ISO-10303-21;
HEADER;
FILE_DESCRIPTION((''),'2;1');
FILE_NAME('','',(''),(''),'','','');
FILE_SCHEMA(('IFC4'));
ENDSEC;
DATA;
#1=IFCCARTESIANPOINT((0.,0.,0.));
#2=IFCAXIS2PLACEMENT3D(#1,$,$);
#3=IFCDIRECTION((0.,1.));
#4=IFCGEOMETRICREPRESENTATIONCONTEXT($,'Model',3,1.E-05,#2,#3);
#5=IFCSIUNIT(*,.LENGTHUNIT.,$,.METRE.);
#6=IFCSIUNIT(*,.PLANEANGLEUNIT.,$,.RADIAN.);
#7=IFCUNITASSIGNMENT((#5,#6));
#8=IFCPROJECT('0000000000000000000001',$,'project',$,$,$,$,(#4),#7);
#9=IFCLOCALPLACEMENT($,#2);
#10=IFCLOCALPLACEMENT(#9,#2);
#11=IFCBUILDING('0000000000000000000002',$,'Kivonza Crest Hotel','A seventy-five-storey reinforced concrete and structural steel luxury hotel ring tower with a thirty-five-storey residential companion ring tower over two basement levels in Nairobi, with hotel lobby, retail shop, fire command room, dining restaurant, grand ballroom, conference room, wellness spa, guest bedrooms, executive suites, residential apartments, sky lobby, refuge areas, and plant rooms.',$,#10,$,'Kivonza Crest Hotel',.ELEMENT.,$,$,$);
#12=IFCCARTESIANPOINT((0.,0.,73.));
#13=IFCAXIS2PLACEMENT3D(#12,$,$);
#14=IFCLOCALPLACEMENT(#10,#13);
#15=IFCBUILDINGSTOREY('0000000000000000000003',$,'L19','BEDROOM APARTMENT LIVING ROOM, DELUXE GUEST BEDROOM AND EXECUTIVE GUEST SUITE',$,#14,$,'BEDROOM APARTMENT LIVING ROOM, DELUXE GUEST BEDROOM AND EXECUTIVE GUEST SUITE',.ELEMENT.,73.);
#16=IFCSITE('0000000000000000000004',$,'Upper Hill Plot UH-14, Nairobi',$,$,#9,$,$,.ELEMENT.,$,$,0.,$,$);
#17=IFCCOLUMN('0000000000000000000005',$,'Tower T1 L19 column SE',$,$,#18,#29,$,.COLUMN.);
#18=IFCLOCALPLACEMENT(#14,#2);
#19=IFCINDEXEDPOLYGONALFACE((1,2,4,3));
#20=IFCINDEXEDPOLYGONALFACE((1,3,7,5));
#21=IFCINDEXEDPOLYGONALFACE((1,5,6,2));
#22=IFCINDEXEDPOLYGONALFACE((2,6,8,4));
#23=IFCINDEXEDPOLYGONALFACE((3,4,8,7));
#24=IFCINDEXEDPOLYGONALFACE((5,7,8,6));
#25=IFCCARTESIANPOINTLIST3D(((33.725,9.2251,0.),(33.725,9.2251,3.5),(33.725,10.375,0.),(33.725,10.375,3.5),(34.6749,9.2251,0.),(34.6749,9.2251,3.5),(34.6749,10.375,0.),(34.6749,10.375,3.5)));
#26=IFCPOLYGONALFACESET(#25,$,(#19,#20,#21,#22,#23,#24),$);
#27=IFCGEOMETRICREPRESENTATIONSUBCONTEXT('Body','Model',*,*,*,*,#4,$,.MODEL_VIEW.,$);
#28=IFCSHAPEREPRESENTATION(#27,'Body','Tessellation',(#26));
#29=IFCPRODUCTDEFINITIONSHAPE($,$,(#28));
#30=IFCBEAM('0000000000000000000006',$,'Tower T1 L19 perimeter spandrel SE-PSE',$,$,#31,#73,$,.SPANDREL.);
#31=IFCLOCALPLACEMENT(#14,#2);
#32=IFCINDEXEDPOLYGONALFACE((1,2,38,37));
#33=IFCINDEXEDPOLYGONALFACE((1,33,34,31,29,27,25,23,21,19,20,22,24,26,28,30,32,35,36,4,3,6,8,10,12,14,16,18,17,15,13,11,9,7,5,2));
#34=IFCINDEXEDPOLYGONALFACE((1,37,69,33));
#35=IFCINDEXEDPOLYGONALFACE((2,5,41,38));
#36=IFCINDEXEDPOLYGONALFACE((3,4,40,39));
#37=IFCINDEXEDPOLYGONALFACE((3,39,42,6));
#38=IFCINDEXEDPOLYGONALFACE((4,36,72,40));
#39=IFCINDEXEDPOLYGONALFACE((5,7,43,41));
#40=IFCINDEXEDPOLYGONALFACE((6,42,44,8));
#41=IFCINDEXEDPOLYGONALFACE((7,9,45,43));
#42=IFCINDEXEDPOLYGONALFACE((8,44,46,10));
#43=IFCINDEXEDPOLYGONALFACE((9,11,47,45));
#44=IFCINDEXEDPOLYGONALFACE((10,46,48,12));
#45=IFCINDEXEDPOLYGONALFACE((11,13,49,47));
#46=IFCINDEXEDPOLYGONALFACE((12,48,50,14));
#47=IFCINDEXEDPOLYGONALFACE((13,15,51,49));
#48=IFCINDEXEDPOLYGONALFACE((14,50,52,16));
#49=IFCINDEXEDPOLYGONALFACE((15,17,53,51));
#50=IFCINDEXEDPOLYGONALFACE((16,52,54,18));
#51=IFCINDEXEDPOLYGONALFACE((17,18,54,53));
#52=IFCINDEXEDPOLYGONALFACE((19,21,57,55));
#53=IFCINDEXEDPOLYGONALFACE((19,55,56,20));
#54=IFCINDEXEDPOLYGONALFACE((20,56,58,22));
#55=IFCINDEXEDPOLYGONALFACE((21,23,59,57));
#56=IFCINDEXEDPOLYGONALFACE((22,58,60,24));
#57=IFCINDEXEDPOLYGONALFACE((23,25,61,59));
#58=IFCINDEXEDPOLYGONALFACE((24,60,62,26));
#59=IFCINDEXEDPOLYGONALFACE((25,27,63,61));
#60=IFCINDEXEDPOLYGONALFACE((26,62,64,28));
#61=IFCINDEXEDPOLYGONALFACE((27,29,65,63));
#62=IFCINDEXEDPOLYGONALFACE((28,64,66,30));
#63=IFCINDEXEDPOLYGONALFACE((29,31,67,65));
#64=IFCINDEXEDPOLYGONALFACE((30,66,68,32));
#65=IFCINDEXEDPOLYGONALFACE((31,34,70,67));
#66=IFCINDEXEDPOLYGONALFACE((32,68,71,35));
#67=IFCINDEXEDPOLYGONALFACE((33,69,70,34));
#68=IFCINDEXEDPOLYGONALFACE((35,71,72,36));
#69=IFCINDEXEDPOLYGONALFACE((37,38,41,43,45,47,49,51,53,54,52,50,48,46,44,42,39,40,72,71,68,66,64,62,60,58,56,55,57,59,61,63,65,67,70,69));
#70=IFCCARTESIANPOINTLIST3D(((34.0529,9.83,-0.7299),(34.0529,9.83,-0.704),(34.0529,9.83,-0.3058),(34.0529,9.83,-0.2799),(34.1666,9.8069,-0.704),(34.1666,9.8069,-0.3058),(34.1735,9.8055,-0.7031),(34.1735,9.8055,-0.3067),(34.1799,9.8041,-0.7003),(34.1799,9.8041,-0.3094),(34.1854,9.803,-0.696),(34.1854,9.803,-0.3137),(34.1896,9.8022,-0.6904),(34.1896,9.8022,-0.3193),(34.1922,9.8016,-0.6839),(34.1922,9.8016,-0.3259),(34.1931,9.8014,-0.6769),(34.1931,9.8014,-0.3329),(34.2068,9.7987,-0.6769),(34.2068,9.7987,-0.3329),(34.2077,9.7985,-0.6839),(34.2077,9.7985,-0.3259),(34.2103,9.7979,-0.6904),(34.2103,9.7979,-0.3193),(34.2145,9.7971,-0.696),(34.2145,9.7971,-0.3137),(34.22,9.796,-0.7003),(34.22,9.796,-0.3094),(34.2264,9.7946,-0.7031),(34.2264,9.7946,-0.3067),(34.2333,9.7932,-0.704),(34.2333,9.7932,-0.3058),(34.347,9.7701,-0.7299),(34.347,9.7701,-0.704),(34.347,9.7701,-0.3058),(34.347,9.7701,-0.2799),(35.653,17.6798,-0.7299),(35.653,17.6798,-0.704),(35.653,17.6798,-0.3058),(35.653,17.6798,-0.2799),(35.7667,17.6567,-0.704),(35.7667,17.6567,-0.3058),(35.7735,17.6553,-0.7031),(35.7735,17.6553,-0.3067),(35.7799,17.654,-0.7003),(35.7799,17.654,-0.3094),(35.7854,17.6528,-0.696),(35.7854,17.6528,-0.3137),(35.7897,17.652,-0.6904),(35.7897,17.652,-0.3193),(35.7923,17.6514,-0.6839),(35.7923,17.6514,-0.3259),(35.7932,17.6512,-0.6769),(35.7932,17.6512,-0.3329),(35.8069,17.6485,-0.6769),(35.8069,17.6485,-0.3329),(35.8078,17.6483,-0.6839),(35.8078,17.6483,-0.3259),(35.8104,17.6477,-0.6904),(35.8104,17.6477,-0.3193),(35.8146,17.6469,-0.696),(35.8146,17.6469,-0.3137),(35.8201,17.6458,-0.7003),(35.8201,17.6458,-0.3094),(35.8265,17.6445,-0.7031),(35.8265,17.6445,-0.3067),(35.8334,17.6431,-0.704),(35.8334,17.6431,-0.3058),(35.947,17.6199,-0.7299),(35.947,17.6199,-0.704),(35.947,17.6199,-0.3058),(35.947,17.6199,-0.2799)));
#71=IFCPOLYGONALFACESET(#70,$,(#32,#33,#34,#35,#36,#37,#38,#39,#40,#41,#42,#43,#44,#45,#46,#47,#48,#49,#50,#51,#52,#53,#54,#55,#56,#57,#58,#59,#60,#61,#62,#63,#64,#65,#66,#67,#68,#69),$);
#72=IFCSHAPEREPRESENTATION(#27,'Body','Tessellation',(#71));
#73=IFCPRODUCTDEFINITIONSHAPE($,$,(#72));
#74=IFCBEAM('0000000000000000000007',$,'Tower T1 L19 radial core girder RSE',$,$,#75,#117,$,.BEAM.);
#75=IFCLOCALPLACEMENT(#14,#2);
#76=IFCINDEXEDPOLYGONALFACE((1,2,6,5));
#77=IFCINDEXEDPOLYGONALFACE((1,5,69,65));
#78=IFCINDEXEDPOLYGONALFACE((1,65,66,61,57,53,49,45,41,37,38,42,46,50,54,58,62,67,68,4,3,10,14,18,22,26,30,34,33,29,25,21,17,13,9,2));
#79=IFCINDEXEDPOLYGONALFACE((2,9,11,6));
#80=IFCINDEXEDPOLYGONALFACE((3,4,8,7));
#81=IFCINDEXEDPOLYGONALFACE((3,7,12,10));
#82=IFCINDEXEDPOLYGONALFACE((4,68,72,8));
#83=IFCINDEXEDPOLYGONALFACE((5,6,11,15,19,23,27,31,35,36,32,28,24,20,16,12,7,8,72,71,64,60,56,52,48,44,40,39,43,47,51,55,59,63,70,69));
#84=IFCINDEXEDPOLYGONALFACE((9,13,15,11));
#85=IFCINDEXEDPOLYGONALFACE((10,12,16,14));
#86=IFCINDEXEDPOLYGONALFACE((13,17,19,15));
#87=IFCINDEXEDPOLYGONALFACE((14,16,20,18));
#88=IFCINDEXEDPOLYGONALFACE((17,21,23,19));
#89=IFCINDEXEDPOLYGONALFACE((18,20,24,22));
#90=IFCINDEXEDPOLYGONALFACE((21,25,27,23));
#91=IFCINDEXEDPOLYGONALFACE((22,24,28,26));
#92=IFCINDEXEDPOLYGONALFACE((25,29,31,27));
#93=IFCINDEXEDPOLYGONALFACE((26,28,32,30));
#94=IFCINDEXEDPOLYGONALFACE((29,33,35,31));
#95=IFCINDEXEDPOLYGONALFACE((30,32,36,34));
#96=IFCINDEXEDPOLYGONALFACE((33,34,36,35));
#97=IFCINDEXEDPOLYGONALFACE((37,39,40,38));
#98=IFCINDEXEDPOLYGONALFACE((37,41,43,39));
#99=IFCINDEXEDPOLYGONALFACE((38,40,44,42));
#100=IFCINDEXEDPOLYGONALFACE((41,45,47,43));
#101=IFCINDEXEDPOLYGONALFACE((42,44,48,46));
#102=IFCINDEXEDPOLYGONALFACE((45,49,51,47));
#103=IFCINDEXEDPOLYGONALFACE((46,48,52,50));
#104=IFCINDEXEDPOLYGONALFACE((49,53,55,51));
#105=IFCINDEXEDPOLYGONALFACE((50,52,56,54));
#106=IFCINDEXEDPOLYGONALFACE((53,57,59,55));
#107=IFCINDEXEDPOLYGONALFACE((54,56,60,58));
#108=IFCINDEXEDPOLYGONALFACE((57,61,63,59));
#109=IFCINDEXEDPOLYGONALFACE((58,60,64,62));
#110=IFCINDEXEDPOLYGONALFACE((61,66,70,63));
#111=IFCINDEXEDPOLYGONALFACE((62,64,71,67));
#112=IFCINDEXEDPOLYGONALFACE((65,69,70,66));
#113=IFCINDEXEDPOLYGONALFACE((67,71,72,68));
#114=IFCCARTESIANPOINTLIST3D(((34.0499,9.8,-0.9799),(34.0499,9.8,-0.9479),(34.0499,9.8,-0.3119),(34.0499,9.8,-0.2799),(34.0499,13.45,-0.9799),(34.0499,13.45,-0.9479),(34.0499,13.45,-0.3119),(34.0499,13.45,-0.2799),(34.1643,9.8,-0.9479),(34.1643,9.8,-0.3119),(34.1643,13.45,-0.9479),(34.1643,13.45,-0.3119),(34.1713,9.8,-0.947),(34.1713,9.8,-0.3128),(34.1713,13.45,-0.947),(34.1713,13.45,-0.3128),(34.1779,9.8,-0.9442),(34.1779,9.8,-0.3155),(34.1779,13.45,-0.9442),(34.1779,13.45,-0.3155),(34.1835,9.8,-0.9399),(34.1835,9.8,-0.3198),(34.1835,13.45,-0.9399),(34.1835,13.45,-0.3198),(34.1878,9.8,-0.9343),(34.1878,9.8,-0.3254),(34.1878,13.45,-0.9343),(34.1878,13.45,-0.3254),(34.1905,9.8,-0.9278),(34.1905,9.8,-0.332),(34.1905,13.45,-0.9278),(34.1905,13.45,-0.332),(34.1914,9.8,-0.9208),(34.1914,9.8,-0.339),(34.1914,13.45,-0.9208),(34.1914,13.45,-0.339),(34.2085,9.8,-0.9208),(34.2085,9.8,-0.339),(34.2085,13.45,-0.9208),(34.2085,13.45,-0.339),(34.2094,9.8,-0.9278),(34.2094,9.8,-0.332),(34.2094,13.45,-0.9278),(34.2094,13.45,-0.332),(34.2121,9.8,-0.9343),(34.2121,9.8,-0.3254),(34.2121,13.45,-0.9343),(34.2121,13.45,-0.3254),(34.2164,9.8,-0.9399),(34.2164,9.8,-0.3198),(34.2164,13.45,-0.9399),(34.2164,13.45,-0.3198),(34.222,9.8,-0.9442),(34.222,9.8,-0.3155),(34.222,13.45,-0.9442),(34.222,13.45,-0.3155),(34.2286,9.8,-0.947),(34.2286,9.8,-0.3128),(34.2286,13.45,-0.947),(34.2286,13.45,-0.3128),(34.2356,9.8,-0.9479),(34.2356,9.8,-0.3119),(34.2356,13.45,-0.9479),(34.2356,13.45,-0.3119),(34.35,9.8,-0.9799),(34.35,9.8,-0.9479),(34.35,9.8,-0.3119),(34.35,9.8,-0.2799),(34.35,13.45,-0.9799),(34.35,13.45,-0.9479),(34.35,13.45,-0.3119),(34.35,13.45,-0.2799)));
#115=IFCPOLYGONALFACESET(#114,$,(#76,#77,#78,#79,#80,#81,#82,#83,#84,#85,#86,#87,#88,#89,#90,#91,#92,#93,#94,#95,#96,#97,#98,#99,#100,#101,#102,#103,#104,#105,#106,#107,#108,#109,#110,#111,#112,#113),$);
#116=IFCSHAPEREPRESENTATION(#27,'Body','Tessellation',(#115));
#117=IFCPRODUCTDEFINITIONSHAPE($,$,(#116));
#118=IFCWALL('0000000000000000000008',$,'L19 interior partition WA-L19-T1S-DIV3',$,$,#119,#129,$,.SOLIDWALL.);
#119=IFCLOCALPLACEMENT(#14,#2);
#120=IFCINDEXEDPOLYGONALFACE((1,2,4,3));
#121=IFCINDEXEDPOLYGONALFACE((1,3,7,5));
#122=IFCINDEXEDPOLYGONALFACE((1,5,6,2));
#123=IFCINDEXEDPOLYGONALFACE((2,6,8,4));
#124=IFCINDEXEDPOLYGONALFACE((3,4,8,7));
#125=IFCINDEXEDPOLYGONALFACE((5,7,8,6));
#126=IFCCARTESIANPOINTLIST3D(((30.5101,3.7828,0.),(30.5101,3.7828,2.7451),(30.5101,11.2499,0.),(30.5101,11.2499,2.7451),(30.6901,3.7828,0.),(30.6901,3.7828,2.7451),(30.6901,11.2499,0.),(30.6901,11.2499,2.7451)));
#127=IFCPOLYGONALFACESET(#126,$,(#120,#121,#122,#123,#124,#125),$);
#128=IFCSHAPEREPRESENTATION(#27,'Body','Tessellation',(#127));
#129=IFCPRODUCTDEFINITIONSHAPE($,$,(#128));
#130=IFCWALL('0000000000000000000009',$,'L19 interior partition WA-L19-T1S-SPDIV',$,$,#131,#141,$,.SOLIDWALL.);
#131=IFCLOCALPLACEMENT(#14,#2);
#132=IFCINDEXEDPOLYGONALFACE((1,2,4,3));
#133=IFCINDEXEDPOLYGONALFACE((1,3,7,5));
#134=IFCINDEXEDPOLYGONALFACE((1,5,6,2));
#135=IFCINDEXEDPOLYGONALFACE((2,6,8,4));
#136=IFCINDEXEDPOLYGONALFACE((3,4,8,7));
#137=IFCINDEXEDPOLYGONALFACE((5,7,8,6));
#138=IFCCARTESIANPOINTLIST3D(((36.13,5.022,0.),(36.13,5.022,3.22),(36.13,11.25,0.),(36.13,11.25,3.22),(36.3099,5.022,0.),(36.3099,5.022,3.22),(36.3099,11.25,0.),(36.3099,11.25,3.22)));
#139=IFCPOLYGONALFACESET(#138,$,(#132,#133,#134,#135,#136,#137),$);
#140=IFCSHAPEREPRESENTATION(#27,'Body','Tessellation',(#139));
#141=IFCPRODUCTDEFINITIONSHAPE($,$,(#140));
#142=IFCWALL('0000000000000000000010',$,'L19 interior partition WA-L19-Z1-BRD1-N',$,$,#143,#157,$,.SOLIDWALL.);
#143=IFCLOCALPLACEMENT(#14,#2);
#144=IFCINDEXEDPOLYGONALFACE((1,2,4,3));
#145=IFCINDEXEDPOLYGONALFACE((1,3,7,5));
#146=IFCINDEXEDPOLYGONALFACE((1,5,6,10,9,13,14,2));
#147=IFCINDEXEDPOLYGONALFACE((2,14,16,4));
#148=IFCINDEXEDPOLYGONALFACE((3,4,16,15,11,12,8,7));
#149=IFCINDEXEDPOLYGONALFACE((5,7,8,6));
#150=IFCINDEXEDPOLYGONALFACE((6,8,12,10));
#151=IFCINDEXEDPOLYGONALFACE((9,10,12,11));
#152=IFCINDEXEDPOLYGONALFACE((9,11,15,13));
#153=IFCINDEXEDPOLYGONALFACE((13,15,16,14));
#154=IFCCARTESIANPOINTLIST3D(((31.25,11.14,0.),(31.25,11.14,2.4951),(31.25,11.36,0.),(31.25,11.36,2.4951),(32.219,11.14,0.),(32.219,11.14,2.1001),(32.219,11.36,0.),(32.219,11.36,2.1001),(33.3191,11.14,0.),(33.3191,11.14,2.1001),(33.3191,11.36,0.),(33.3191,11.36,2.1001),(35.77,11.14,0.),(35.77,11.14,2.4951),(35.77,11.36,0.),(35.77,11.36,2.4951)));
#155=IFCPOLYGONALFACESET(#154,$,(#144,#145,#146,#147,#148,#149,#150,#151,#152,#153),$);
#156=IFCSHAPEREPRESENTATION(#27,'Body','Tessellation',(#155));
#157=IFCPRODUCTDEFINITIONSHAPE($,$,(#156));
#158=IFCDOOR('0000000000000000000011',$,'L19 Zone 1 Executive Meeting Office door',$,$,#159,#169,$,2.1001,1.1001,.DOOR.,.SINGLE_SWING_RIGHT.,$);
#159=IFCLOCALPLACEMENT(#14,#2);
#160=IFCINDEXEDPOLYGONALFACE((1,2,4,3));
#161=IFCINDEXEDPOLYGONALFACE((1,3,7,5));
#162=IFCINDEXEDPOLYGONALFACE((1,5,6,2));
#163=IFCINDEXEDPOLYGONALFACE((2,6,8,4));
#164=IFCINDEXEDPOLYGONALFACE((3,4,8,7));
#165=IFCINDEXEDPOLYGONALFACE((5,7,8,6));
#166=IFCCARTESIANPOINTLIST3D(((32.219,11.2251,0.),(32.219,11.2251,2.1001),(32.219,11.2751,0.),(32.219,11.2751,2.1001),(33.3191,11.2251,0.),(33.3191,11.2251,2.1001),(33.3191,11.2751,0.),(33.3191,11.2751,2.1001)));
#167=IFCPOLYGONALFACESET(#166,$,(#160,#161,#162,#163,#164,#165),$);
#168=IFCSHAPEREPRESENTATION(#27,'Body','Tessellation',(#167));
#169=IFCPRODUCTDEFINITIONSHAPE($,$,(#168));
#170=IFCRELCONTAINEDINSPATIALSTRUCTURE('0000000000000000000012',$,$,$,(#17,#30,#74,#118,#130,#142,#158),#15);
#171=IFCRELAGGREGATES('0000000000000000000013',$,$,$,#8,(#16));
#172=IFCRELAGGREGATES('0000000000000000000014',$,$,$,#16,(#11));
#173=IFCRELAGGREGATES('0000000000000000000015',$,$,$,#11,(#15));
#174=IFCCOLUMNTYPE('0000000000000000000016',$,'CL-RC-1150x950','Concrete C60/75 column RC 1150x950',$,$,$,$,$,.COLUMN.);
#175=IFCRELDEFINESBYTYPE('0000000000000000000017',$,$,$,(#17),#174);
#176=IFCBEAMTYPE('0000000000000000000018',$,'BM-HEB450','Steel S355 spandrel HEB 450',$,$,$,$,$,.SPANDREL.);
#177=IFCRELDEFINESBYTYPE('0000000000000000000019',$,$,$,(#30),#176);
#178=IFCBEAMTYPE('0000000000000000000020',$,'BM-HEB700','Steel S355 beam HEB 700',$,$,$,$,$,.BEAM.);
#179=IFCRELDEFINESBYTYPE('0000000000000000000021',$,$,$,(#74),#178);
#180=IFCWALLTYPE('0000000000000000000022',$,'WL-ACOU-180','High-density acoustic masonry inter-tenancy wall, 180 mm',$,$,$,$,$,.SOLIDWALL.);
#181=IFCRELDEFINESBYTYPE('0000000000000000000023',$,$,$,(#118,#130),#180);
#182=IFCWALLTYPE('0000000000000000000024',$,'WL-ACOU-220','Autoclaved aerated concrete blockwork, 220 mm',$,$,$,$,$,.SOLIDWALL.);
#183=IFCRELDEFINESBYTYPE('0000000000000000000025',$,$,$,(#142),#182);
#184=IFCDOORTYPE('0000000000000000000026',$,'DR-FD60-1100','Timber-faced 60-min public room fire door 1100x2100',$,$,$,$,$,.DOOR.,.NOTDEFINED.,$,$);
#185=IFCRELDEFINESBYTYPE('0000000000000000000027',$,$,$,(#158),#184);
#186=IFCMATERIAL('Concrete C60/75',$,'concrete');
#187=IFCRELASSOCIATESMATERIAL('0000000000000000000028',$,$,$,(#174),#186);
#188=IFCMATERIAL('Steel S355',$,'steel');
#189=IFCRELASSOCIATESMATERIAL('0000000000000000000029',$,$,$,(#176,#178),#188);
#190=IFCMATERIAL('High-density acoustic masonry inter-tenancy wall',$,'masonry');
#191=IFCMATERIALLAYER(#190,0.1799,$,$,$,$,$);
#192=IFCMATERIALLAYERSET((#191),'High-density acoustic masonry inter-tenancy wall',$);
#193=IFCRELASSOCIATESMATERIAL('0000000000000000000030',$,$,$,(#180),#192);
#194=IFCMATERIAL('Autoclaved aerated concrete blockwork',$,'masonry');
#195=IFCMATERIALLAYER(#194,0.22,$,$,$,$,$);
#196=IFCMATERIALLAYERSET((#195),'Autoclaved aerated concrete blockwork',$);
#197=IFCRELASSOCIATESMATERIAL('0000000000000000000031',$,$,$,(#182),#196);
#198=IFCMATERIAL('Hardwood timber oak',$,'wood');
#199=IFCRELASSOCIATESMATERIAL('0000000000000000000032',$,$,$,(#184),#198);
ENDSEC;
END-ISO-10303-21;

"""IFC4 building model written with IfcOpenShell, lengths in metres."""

from ifc_helpers import new_model, si_unit, direction, frame, frame_2d, origin, origin_2d, place, context, subcontext, project, spatial, rectangle, i_section, extrude, material, layer, layer_set, material_profile, profile_set, type_object, element, fill, save


model = new_model("IFC4")

# Units and contexts
model_context = context("Model", 3, precision=1e-05, world=origin(), true_north=direction((0.0, 1.0)))
body_context = subcontext(model_context, "Body", "Model", "MODEL_VIEW")
ifc_project = project(units=[si_unit("LENGTHUNIT", "METRE"), si_unit("PLANEANGLEUNIT", "RADIAN")], contexts=[model_context])

# Site, building, storey
site_placement = place(None, origin())
site = spatial("IfcSite", under=ifc_project, at=site_placement, Name="Upper Hill Plot UH-14, Nairobi", CompositionType="ELEMENT", RefElevation=0.0)
building_placement = place(site_placement, origin())
building = spatial("IfcBuilding", under=site, at=building_placement, Name="Kivonza Crest Hotel", Description="A seventy-five-storey reinforced concrete and structural steel luxury hotel ring tower with a thirty-five-storey residential companion ring tower over two basement levels in Nairobi, with hotel lobby, retail shop, fire command room, dining restaurant, grand ballroom, conference room, wellness spa, guest bedrooms, executive suites, residential apartments, sky lobby, refuge areas, and plant rooms.", LongName="Kivonza Crest Hotel", CompositionType="ELEMENT")
storey_placement = place(building_placement, frame((0.0, 0.0, 73.0)))
storey = spatial("IfcBuildingStorey", under=building, at=storey_placement, Name="L19", Description="BEDROOM APARTMENT LIVING ROOM, DELUXE GUEST BEDROOM AND EXECUTIVE GUEST SUITE", LongName="BEDROOM APARTMENT LIVING ROOM, DELUXE GUEST BEDROOM AND EXECUTIVE GUEST SUITE", CompositionType="ELEMENT", Elevation=73.0)

# Column
ifc_material_1 = material(Name="Concrete C60/75", Category="concrete")
ifc_material_profile_1 = material_profile(ifc_material_1, rectangle(XDim=0.95, YDim=1.1499, at=origin_2d()), Name="RC 1150x950")
ifc_profile_set_1 = profile_set([ifc_material_profile_1], Name="Concrete C60/75")
column_type = type_object("IfcColumnType", Name="CL-RC-1150x950", Description="Concrete C60/75 column RC 1150x950", PredefinedType="COLUMN", material=ifc_profile_set_1)
column_placement = place(storey_placement, frame((34.2, 9.8, 0.0), z_axis=(0.0, 0.0, 1.0), x_axis=(1.0, 0.0, 0.0)))
element("IfcColumn", 1, at=column_placement, inside=storey, type_object=column_type, Name="Tower T1 L19 column SE", PredefinedType="COLUMN", context=body_context, shape_type="SweptSolid", body=[
    extrude(rectangle(XDim=0.95, YDim=1.1499, at=origin_2d()), origin(), (0.0, 0.0, 1.0), 3.5),
])

# Beams
ifc_material_2 = material(Name="Steel S355", Category="steel")
ifc_material_profile_2 = material_profile(ifc_material_2, i_section(OverallWidth=0.3, OverallDepth=0.45, WebThickness=0.0139, FlangeThickness=0.0259, FilletRadius=0.0271, at=origin_2d()), Name="HEB 450")
ifc_profile_set_2 = profile_set([ifc_material_profile_2], Name="Steel S355")
beam_type_1 = type_object("IfcBeamType", Name="BM-HEB450", Description="Steel S355 spandrel HEB 450", PredefinedType="SPANDREL", material=ifc_profile_set_2)
beam_1_placement = place(storey_placement, frame((34.2, 9.8, -0.5049), z_axis=(0.199731, 0.979851, 0.0), x_axis=(-0.979851, 0.199731, 0.0)))
element("IfcBeam", 2, at=beam_1_placement, inside=storey, type_object=beam_type_1, Name="Tower T1 L19 perimeter spandrel SE-PSE", PredefinedType="SPANDREL", context=body_context, shape_type="SweptSolid", body=[
    extrude(i_section(OverallWidth=0.3, OverallDepth=0.45, WebThickness=0.0139, FlangeThickness=0.0259, FilletRadius=0.0271, at=origin_2d()), origin(), (0.0, 0.0, 1.0), 8.0112),
])
ifc_material_profile_3 = material_profile(ifc_material_2, i_section(OverallWidth=0.3, OverallDepth=0.7, WebThickness=0.0171, FlangeThickness=0.032, FilletRadius=0.0271, at=origin_2d()), Name="HEB 700")
ifc_profile_set_3 = profile_set([ifc_material_profile_3], Name="Steel S355")
beam_type_2 = type_object("IfcBeamType", Name="BM-HEB700", Description="Steel S355 beam HEB 700", PredefinedType="BEAM", material=ifc_profile_set_3)
beam_2_placement = place(storey_placement, frame((34.2, 9.8, -0.6299), z_axis=(0.0, 1.0, 0.0), x_axis=(-1.0, 0.0, 0.0)))
element("IfcBeam", 3, at=beam_2_placement, inside=storey, type_object=beam_type_2, Name="Tower T1 L19 radial core girder RSE", PredefinedType="BEAM", context=body_context, shape_type="SweptSolid", body=[
    extrude(i_section(OverallWidth=0.3, OverallDepth=0.7, WebThickness=0.0171, FlangeThickness=0.032, FilletRadius=0.0271, at=origin_2d()), origin(), (0.0, 0.0, 1.0), 3.6499),
])

# Walls
ifc_material_3 = material(Name="High-density acoustic masonry inter-tenancy wall", Category="masonry")
ifc_layer_1 = layer(ifc_material_3, 0.1799)
ifc_layer_set_1 = layer_set([ifc_layer_1], Name="High-density acoustic masonry inter-tenancy wall")
wall_type_1 = type_object("IfcWallType", Name="WL-ACOU-180", Description="High-density acoustic masonry inter-tenancy wall, 180 mm", PredefinedType="SOLIDWALL", material=ifc_layer_set_1)
wall_1_placement = place(storey_placement, frame((30.6001, 3.783, 0.0), z_axis=(0.0, 0.0, 1.0), x_axis=(0.0, 1.0, 0.0)))
element("IfcWall", 4, at=wall_1_placement, inside=storey, type_object=wall_type_1, Name="L19 interior partition WA-L19-T1S-DIV3", PredefinedType="SOLIDWALL", context=body_context, shape_type="SweptSolid", body=[
    extrude(rectangle(XDim=7.467, YDim=0.1799, at=frame_2d((3.7334, 0.0))), origin(), (0.0, 0.0, 1.0), 2.7451),
])
wall_2_placement = place(storey_placement, frame((36.22, 5.022, 0.0), z_axis=(0.0, 0.0, 1.0), x_axis=(0.0, 1.0, 0.0)))
element("IfcWall", 5, at=wall_2_placement, inside=storey, type_object=wall_type_1, Name="L19 interior partition WA-L19-T1S-SPDIV", PredefinedType="SOLIDWALL", context=body_context, shape_type="SweptSolid", body=[
    extrude(rectangle(XDim=6.228, YDim=0.1799, at=frame_2d((3.114, 0.0))), origin(), (0.0, 0.0, 1.0), 3.22),
])

# Wall, opening, door
ifc_material_4 = material(Name="Autoclaved aerated concrete blockwork", Category="masonry")
ifc_layer_2 = layer(ifc_material_4, 0.22)
ifc_layer_set_2 = layer_set([ifc_layer_2], Name="Autoclaved aerated concrete blockwork")
wall_type_2 = type_object("IfcWallType", Name="WL-ACOU-220", Description="Autoclaved aerated concrete blockwork, 220 mm", PredefinedType="SOLIDWALL", material=ifc_layer_set_2)
wall_3_placement = place(storey_placement, frame((31.25, 11.25, 0.0), z_axis=(0.0, 0.0, 1.0), x_axis=(1.0, 0.0, 0.0)))
wall_3 = element("IfcWall", 6, at=wall_3_placement, inside=storey, type_object=wall_type_2, Name="L19 interior partition WA-L19-Z1-BRD1-N", PredefinedType="SOLIDWALL", context=body_context, shape_type="SweptSolid", body=[
    extrude(rectangle(XDim=4.52, YDim=0.22, at=frame_2d((2.26, 0.0))), origin(), (0.0, 0.0, 1.0), 2.4951),
])
opening_1_placement = place(wall_3_placement, frame((0.969, 0.0, 0.0)))
opening_1 = element("IfcOpeningElement", 7, at=opening_1_placement, cuts=wall_3, PredefinedType="OPENING", context=body_context, shape_type="SweptSolid", body=[
    extrude(rectangle(XDim=1.1001, YDim=2.1001, at=frame_2d((0.55, 1.05))), frame((0.0, 0.1201, 0.0), z_axis=(0.0, -1.0, 0.0), x_axis=(1.0, 0.0, 0.0)), (0.0, 0.0, 1.0), 0.24),
])
ifc_material_5 = material(Name="Hardwood timber oak", Category="wood")
door_type_1 = type_object("IfcDoorType", Name="DR-FD60-1100", Description="Timber-faced 60-min public room fire door 1100x2100", OperationType="NOTDEFINED", PredefinedType="DOOR", material=ifc_material_5)
door_1_placement = place(opening_1_placement, frame((1.1001, 0.0, 0.0), z_axis=(0.0, 0.0, 1.0), x_axis=(-1.0, 0.0, 0.0)))
door_1 = element("IfcDoor", 8, at=door_1_placement, inside=storey, type_object=door_type_1, Name="L19 Zone 1 Executive Meeting Office door", OperationType="SINGLE_SWING_RIGHT", OverallHeight=2.1001, OverallWidth=1.1001, PredefinedType="DOOR", context=body_context, shape_type="SweptSolid", body=[
    extrude(rectangle(XDim=1.1001, YDim=2.1001, at=frame_2d((0.55, 1.05))), frame((0.0, 0.0249, 0.0), z_axis=(0.0, -1.0, 0.0), x_axis=(1.0, 0.0, 0.0)), (0.0, 0.0, 1.0), 0.05),
])
fill(opening_1, door_1)

save(model, "model.ifc")
